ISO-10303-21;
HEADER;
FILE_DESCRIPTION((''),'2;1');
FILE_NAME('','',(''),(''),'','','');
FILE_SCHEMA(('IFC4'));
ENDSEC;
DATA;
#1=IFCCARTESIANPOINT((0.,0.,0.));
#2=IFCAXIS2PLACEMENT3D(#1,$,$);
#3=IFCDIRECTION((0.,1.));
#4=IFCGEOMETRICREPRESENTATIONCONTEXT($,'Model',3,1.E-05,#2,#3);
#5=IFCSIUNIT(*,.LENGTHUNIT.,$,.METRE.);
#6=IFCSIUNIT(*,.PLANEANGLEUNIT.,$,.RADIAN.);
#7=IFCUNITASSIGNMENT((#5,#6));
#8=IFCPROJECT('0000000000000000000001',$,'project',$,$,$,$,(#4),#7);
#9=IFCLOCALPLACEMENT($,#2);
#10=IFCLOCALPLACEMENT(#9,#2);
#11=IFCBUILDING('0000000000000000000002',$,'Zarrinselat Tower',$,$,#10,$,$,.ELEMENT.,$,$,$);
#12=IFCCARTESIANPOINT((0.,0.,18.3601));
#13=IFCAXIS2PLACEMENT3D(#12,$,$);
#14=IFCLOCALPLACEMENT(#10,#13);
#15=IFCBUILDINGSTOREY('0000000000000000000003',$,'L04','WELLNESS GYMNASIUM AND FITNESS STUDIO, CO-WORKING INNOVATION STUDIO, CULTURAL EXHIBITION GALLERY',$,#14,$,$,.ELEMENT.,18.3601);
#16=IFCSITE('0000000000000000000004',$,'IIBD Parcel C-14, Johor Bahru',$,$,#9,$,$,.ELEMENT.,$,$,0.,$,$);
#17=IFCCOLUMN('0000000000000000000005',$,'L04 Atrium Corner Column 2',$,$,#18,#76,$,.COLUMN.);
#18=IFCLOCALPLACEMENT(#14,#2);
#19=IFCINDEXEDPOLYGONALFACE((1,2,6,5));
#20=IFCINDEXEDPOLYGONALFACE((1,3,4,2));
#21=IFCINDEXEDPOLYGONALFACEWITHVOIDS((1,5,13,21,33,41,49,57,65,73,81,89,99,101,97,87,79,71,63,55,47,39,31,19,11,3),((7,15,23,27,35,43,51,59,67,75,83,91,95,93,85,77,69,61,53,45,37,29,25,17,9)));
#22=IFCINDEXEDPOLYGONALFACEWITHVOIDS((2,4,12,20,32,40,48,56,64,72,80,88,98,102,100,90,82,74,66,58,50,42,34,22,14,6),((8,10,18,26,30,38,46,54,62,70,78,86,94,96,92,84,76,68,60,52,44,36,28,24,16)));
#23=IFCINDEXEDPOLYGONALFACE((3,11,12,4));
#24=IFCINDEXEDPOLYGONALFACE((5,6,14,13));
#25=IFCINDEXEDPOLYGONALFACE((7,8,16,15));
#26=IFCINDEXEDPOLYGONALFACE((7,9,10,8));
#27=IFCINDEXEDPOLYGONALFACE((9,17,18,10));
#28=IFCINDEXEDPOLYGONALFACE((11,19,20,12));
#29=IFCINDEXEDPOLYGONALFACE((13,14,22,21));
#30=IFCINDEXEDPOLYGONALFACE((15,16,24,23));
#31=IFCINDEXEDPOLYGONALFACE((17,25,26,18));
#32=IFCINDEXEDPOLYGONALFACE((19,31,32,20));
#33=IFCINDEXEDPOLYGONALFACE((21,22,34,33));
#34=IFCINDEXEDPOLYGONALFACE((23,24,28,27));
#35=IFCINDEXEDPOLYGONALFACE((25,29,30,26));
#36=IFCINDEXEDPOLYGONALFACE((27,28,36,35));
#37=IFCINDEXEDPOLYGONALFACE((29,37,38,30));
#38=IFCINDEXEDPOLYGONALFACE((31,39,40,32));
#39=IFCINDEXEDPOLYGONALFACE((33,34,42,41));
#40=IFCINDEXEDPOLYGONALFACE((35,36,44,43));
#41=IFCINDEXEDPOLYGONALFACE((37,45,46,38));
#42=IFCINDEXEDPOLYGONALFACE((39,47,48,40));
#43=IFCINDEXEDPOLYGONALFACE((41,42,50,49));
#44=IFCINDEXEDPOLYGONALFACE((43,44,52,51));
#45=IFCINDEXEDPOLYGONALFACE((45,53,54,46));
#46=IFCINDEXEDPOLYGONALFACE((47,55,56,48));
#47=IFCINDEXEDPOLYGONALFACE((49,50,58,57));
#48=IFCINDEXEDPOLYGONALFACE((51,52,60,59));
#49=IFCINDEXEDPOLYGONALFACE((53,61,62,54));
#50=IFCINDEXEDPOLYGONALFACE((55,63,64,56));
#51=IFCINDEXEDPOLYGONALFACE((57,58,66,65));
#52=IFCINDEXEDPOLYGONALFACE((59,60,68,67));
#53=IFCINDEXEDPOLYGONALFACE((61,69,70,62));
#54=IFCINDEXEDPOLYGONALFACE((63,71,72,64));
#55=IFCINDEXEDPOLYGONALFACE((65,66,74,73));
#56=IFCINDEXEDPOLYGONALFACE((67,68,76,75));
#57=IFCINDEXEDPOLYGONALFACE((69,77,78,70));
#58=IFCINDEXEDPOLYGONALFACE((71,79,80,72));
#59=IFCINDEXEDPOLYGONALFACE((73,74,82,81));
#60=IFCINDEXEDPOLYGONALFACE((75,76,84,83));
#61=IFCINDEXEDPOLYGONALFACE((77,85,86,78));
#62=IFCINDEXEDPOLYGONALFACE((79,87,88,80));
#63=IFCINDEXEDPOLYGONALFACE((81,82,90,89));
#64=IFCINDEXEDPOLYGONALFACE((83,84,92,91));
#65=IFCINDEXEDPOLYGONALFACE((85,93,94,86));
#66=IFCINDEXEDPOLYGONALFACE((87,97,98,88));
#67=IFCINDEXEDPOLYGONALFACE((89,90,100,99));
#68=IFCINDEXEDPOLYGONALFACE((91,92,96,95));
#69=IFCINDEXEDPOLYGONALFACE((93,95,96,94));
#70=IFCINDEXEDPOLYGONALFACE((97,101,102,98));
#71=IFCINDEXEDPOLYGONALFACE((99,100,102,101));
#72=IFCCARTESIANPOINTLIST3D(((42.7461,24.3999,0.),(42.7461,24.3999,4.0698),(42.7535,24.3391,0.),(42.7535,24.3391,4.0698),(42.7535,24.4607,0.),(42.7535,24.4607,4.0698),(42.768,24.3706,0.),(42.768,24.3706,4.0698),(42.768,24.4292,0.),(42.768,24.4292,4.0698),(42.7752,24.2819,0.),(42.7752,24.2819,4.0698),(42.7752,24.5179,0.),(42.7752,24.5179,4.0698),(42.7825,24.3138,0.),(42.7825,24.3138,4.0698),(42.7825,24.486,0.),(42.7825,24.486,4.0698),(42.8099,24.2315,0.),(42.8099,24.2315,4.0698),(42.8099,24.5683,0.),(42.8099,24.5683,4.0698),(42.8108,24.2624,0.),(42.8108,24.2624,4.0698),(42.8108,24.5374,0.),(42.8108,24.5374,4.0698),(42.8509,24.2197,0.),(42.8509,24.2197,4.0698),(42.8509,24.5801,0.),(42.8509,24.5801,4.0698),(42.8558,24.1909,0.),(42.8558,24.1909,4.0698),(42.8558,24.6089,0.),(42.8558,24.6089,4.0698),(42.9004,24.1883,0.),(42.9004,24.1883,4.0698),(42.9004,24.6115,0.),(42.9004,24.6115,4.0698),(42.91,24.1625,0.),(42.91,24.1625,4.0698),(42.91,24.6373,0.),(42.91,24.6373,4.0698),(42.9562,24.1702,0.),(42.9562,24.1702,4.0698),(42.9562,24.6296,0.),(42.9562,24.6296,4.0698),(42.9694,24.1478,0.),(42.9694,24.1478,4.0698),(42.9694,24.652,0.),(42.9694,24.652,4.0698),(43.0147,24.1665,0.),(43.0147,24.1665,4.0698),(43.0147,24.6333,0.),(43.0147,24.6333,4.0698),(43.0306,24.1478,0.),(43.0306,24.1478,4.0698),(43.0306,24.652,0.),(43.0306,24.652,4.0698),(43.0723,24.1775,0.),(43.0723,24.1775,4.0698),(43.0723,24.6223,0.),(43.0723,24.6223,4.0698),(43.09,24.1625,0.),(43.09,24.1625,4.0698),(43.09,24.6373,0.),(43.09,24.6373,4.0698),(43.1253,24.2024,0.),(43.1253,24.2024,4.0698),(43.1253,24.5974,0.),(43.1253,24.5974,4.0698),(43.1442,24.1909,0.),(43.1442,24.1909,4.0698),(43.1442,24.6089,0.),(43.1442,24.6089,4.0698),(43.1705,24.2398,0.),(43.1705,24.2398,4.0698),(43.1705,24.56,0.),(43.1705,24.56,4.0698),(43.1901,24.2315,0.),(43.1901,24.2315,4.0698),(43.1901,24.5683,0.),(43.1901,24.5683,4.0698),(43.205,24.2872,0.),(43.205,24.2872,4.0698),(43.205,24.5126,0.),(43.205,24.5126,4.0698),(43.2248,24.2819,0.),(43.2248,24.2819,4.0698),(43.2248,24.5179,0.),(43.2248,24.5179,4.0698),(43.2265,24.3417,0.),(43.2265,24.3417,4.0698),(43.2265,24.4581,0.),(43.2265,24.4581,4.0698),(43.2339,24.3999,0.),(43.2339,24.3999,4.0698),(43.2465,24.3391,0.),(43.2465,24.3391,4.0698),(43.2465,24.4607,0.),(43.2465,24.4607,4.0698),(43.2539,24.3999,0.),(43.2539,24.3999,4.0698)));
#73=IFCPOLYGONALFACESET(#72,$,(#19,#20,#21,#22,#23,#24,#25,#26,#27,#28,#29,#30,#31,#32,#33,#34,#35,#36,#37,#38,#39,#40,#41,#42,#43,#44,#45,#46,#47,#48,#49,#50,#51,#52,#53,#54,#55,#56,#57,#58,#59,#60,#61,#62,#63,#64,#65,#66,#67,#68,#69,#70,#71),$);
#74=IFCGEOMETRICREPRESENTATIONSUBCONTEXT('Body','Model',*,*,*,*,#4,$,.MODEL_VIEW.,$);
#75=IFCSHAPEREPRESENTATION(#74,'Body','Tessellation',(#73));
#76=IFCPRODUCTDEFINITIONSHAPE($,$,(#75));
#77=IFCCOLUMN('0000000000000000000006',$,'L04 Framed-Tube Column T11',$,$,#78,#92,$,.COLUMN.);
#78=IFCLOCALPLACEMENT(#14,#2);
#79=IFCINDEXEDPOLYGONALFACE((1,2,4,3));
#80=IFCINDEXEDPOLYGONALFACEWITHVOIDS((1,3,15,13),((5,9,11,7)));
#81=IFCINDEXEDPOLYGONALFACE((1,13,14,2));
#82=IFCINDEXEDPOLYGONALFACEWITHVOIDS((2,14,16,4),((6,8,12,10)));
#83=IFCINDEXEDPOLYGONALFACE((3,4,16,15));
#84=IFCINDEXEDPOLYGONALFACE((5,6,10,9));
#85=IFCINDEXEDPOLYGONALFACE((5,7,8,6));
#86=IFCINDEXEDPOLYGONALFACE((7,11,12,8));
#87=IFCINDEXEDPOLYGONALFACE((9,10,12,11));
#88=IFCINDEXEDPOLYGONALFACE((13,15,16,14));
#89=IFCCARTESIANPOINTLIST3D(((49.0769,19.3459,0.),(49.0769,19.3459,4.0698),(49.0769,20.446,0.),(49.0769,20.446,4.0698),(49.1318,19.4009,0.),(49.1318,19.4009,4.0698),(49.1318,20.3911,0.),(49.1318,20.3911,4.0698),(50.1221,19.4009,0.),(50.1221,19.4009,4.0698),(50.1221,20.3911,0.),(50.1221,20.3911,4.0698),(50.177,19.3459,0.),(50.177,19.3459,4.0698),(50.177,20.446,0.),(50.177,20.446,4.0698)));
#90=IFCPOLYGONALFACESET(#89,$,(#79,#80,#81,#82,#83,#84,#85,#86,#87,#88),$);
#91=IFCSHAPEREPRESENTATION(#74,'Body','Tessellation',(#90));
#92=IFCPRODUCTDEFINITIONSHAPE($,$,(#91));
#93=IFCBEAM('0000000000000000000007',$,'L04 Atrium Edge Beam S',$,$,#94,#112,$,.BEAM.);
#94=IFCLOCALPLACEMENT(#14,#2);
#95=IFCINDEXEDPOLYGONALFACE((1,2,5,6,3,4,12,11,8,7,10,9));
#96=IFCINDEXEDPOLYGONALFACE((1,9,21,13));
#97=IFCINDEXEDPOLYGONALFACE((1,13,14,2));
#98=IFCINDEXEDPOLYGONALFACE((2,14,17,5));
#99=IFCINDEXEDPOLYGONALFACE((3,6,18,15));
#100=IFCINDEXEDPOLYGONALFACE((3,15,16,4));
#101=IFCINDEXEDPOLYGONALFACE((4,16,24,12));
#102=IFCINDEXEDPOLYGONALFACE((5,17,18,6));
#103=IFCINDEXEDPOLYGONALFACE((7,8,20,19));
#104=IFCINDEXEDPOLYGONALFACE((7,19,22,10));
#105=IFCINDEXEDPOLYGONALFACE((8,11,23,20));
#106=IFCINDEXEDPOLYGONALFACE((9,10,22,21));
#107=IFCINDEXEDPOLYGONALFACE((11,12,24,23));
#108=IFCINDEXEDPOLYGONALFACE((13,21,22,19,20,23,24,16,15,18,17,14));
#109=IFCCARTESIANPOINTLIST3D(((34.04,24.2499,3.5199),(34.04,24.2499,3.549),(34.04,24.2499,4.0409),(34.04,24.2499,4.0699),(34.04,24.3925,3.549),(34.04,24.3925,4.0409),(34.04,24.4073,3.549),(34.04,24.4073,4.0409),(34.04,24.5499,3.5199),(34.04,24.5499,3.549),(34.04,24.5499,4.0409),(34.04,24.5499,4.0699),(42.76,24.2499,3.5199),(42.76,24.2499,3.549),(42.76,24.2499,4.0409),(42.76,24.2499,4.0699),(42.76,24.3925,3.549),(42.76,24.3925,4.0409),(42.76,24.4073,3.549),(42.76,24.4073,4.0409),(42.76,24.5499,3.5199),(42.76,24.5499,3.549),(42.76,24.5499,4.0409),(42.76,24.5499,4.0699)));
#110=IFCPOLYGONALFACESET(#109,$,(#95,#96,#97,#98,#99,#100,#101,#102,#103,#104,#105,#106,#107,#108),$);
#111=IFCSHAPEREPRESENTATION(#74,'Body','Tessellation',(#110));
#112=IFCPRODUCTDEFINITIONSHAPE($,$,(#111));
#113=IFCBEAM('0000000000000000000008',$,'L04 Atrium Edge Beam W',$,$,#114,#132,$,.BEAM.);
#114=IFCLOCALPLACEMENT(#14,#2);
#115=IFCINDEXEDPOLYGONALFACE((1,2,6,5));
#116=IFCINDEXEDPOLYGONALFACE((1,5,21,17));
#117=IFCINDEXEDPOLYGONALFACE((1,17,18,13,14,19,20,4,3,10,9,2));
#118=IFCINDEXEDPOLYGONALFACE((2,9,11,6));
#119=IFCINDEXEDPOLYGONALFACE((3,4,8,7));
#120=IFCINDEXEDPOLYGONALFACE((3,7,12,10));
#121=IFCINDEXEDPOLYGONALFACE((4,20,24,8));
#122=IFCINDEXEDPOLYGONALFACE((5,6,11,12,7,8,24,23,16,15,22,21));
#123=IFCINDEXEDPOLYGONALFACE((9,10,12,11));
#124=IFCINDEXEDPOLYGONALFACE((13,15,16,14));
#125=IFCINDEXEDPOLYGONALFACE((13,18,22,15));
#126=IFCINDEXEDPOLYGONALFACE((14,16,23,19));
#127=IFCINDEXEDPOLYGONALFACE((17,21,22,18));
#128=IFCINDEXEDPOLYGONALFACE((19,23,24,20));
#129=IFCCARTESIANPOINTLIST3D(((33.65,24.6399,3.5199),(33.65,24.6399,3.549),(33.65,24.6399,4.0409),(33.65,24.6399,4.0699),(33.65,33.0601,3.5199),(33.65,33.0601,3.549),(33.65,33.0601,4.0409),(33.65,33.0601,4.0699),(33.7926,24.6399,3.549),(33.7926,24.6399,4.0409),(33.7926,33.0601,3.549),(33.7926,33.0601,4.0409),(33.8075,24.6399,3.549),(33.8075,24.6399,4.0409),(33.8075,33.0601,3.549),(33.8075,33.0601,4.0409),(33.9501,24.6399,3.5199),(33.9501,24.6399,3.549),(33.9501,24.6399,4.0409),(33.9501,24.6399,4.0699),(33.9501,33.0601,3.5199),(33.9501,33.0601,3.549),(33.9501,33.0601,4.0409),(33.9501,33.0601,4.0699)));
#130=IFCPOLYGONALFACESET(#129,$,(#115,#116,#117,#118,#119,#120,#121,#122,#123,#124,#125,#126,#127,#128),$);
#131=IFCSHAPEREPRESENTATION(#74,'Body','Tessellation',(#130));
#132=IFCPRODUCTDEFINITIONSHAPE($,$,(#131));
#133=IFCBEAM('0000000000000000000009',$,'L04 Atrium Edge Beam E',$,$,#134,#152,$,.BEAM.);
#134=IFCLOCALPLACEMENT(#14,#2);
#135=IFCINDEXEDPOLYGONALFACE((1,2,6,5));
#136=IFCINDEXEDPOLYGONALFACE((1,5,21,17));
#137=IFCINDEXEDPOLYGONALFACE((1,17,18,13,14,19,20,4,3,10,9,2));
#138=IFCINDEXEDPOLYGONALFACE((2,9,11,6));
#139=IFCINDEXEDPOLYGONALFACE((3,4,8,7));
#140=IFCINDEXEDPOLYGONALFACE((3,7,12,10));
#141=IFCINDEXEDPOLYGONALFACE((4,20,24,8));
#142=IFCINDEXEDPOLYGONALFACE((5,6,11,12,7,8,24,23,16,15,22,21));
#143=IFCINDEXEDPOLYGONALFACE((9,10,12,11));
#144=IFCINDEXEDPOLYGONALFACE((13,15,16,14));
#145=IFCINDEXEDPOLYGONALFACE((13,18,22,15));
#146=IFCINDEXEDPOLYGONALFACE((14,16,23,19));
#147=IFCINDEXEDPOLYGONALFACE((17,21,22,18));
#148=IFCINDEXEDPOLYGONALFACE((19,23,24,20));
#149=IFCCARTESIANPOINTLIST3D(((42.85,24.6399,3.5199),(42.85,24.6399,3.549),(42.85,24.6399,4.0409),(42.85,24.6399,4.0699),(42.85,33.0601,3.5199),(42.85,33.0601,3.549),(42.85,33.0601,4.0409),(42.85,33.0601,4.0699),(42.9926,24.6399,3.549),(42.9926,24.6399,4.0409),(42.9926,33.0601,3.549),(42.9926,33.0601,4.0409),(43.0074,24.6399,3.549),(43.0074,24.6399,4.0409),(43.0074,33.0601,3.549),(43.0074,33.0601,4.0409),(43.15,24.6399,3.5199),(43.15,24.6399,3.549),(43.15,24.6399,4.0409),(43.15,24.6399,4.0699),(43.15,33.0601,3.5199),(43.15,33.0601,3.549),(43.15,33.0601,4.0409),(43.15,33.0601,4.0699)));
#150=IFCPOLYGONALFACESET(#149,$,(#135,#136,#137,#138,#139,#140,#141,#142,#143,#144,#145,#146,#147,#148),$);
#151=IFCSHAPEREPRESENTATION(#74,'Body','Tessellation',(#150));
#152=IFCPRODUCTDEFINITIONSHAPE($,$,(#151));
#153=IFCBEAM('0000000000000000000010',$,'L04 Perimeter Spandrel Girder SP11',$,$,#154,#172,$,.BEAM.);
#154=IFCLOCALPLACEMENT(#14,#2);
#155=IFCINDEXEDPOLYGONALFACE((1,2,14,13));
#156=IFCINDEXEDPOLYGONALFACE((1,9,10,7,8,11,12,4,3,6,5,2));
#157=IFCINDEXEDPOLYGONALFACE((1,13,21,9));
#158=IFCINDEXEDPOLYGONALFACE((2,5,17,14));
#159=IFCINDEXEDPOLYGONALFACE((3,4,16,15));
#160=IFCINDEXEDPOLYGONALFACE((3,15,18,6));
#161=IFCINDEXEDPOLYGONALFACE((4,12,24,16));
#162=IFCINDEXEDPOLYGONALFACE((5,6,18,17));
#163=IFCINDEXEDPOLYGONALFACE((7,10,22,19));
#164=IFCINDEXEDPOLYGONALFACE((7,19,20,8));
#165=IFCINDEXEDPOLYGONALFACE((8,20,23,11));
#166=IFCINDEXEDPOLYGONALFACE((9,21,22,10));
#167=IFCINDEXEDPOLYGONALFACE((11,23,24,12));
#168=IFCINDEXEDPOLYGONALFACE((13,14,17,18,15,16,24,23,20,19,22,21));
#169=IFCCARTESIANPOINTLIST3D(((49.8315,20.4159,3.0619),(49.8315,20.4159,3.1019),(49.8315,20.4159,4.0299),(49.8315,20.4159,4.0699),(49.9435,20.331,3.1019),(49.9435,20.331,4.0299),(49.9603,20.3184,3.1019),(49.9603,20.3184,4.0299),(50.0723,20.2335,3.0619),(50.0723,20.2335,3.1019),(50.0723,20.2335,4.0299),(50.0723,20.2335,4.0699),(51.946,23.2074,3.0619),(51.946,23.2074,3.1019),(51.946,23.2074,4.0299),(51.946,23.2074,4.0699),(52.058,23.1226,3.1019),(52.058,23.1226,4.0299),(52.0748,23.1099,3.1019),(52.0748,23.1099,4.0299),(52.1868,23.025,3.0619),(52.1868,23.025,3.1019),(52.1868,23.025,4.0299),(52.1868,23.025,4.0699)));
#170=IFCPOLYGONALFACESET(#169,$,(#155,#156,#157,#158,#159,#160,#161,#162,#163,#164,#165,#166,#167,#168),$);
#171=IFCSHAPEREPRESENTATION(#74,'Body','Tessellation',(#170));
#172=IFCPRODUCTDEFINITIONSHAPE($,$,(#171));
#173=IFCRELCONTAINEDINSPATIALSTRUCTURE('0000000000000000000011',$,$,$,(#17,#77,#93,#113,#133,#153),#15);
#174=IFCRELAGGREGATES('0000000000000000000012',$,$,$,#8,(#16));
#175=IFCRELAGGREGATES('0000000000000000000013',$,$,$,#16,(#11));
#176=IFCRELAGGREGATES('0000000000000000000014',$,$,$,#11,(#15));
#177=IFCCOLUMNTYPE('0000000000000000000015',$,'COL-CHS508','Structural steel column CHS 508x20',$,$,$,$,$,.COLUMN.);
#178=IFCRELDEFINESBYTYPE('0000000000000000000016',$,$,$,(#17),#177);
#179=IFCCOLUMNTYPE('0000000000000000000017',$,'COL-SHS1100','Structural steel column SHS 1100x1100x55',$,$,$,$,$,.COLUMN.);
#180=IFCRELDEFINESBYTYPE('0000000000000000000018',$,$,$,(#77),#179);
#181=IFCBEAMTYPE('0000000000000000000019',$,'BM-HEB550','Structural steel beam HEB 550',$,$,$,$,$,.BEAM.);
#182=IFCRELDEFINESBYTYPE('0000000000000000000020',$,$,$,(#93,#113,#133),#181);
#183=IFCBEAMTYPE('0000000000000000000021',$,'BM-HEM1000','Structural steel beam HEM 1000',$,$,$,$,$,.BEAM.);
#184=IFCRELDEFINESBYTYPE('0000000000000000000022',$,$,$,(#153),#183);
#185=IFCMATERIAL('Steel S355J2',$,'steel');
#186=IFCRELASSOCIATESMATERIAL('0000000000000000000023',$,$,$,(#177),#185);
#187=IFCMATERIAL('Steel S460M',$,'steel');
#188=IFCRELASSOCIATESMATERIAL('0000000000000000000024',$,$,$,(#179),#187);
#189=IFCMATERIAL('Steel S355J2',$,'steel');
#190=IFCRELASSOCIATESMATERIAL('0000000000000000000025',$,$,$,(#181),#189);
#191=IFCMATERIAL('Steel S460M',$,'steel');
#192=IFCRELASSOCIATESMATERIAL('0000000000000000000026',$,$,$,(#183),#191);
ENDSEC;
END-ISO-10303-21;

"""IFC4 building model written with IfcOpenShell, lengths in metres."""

from ifc_helpers import new_model, si_unit, direction, frame, origin, origin_2d, place, context, subcontext, project, spatial, hollow_rectangle, hollow_circle, i_section, extrude, material, material_profile, profile_set, type_object, element, save


model = new_model("IFC4")

# Units and contexts
model_context = context("Model", 3, precision=1e-05, world=origin(), true_north=direction((0.0, 1.0)))
body_context = subcontext(model_context, "Body", "Model", "MODEL_VIEW")
ifc_project = project(units=[si_unit("LENGTHUNIT", "METRE"), si_unit("PLANEANGLEUNIT", "RADIAN")], contexts=[model_context])

# Site, building, storey
site_placement = place(None, origin())
site = spatial("IfcSite", under=ifc_project, at=site_placement, Name="IIBD Parcel C-14, Johor Bahru", CompositionType="ELEMENT", RefElevation=0.0)
building_placement = place(site_placement, origin())
building = spatial("IfcBuilding", under=site, at=building_placement, Name="Zarrinselat Tower", CompositionType="ELEMENT")
storey_placement = place(building_placement, frame((0.0, 0.0, 18.3601)))
storey = spatial("IfcBuildingStorey", under=building, at=storey_placement, Name="L04", Description="WELLNESS GYMNASIUM AND FITNESS STUDIO, CO-WORKING INNOVATION STUDIO, CULTURAL EXHIBITION GALLERY", CompositionType="ELEMENT", Elevation=18.3601)

# Columns
ifc_material_1 = material(Name="Steel S355J2", Category="steel")
ifc_material_profile_1 = material_profile(ifc_material_1, hollow_circle(Radius=0.2539, WallThickness=0.02, at=origin_2d()), Name="CHS 508x20")
ifc_profile_set_1 = profile_set([ifc_material_profile_1], Name="Steel S355J2")
column_type_1 = type_object("IfcColumnType", Name="COL-CHS508", Description="Structural steel column CHS 508x20", PredefinedType="COLUMN", material=ifc_profile_set_1)
column_1_placement = place(storey_placement, frame((43.0, 24.3999, 0.0), z_axis=(0.0, 0.0, 1.0), x_axis=(1.0, 0.0, 0.0)))
element("IfcColumn", 1, at=column_1_placement, inside=storey, type_object=column_type_1, Name="L04 Atrium Corner Column 2", PredefinedType="COLUMN", context=body_context, shape_type="SweptSolid", body=[
    extrude(hollow_circle(Radius=0.2539, WallThickness=0.02, at=origin_2d()), origin(), (0.0, 0.0, 1.0), 4.0698),
])
ifc_material_2 = material(Name="Steel S460M", Category="steel")
ifc_material_profile_2 = material_profile(ifc_material_2, hollow_rectangle(XDim=1.1001, YDim=1.1001, WallThickness=0.0549, at=origin_2d()), Name="SHS 1100x1100x55")
ifc_profile_set_2 = profile_set([ifc_material_profile_2], Name="Steel S460M")
column_type_2 = type_object("IfcColumnType", Name="COL-SHS1100", Description="Structural steel column SHS 1100x1100x55", PredefinedType="COLUMN", material=ifc_profile_set_2)
column_2_placement = place(storey_placement, frame((49.627, 19.896, 0.0), z_axis=(0.0, 0.0, 1.0), x_axis=(1.0, 0.0, 0.0)))
element("IfcColumn", 2, at=column_2_placement, inside=storey, type_object=column_type_2, Name="L04 Framed-Tube Column T11", PredefinedType="COLUMN", context=body_context, shape_type="SweptSolid", body=[
    extrude(hollow_rectangle(XDim=1.1001, YDim=1.1001, WallThickness=0.0549, at=origin_2d()), origin(), (0.0, 0.0, 1.0), 4.0698),
])

# Beams
ifc_material_3 = material(Name="Steel S355J2", Category="steel")
ifc_material_profile_3 = material_profile(ifc_material_3, i_section(OverallWidth=0.3, OverallDepth=0.55, WebThickness=0.0149, FlangeThickness=0.0291, at=origin_2d()), Name="HEB 550")
ifc_profile_set_3 = profile_set([ifc_material_profile_3], Name="Steel S355J2")
beam_type_1 = type_object("IfcBeamType", Name="BM-HEB550", Description="Structural steel beam HEB 550", PredefinedType="BEAM", material=ifc_profile_set_3)
beam_1_placement = place(storey_placement, frame((34.04, 24.3999, 3.7949), z_axis=(1.0, 0.0, 0.0), x_axis=(0.0, 1.0, 0.0)))
element("IfcBeam", 3, at=beam_1_placement, inside=storey, type_object=beam_type_1, Name="L04 Atrium Edge Beam S", PredefinedType="BEAM", context=body_context, shape_type="SweptSolid", body=[
    extrude(i_section(OverallWidth=0.3, OverallDepth=0.55, WebThickness=0.0149, FlangeThickness=0.0291, at=origin_2d()), origin(), (0.0, 0.0, 1.0), 8.72),
])
for number, where, z_axis, x_axis, name in (
    (4, (33.8, 24.6399, 3.7949), (0.0, 1.0, 0.0), (-1.0, 0.0, 0.0), "L04 Atrium Edge Beam W"),
    (5, (43.0, 24.6399, 3.7949), (0.0, 1.0, 0.0), (-1.0, 0.0, 0.0), "L04 Atrium Edge Beam E"),
):
    element("IfcBeam", number, at=place(storey_placement, frame(where, z_axis=z_axis, x_axis=x_axis)), inside=storey, type_object=beam_type_1, Name=name, PredefinedType="BEAM", context=body_context, shape_type="SweptSolid", body=[
        extrude(i_section(OverallWidth=0.3, OverallDepth=0.55, WebThickness=0.0149, FlangeThickness=0.0291, at=origin_2d()), origin(), (0.0, 0.0, 1.0), 8.4202),
    ])
ifc_material_4 = material(Name="Steel S460M", Category="steel")
ifc_material_profile_4 = material_profile(ifc_material_4, i_section(OverallWidth=0.302, OverallDepth=1.0081, WebThickness=0.021, FlangeThickness=0.04, at=origin_2d()), Name="HEM 1000")
ifc_profile_set_4 = profile_set([ifc_material_profile_4], Name="Steel S460M")
beam_type_2 = type_object("IfcBeamType", Name="BM-HEM1000", Description="Structural steel beam HEM 1000", PredefinedType="BEAM", material=ifc_profile_set_4)
beam_2_placement = place(storey_placement, frame((49.9519, 20.3247, 3.5659), z_axis=(0.603808, 0.79713, 0.0), x_axis=(-0.79713, 0.603808, 0.0)))
element("IfcBeam", 6, at=beam_2_placement, inside=storey, type_object=beam_type_2, Name="L04 Perimeter Spandrel Girder SP11", PredefinedType="BEAM", context=body_context, shape_type="SweptSolid", body=[
    extrude(i_section(OverallWidth=0.302, OverallDepth=1.0081, WebThickness=0.021, FlangeThickness=0.04, at=origin_2d()), origin(), (0.0, 0.0, 1.0), 3.502),
])

save(model, "model.ifc")
